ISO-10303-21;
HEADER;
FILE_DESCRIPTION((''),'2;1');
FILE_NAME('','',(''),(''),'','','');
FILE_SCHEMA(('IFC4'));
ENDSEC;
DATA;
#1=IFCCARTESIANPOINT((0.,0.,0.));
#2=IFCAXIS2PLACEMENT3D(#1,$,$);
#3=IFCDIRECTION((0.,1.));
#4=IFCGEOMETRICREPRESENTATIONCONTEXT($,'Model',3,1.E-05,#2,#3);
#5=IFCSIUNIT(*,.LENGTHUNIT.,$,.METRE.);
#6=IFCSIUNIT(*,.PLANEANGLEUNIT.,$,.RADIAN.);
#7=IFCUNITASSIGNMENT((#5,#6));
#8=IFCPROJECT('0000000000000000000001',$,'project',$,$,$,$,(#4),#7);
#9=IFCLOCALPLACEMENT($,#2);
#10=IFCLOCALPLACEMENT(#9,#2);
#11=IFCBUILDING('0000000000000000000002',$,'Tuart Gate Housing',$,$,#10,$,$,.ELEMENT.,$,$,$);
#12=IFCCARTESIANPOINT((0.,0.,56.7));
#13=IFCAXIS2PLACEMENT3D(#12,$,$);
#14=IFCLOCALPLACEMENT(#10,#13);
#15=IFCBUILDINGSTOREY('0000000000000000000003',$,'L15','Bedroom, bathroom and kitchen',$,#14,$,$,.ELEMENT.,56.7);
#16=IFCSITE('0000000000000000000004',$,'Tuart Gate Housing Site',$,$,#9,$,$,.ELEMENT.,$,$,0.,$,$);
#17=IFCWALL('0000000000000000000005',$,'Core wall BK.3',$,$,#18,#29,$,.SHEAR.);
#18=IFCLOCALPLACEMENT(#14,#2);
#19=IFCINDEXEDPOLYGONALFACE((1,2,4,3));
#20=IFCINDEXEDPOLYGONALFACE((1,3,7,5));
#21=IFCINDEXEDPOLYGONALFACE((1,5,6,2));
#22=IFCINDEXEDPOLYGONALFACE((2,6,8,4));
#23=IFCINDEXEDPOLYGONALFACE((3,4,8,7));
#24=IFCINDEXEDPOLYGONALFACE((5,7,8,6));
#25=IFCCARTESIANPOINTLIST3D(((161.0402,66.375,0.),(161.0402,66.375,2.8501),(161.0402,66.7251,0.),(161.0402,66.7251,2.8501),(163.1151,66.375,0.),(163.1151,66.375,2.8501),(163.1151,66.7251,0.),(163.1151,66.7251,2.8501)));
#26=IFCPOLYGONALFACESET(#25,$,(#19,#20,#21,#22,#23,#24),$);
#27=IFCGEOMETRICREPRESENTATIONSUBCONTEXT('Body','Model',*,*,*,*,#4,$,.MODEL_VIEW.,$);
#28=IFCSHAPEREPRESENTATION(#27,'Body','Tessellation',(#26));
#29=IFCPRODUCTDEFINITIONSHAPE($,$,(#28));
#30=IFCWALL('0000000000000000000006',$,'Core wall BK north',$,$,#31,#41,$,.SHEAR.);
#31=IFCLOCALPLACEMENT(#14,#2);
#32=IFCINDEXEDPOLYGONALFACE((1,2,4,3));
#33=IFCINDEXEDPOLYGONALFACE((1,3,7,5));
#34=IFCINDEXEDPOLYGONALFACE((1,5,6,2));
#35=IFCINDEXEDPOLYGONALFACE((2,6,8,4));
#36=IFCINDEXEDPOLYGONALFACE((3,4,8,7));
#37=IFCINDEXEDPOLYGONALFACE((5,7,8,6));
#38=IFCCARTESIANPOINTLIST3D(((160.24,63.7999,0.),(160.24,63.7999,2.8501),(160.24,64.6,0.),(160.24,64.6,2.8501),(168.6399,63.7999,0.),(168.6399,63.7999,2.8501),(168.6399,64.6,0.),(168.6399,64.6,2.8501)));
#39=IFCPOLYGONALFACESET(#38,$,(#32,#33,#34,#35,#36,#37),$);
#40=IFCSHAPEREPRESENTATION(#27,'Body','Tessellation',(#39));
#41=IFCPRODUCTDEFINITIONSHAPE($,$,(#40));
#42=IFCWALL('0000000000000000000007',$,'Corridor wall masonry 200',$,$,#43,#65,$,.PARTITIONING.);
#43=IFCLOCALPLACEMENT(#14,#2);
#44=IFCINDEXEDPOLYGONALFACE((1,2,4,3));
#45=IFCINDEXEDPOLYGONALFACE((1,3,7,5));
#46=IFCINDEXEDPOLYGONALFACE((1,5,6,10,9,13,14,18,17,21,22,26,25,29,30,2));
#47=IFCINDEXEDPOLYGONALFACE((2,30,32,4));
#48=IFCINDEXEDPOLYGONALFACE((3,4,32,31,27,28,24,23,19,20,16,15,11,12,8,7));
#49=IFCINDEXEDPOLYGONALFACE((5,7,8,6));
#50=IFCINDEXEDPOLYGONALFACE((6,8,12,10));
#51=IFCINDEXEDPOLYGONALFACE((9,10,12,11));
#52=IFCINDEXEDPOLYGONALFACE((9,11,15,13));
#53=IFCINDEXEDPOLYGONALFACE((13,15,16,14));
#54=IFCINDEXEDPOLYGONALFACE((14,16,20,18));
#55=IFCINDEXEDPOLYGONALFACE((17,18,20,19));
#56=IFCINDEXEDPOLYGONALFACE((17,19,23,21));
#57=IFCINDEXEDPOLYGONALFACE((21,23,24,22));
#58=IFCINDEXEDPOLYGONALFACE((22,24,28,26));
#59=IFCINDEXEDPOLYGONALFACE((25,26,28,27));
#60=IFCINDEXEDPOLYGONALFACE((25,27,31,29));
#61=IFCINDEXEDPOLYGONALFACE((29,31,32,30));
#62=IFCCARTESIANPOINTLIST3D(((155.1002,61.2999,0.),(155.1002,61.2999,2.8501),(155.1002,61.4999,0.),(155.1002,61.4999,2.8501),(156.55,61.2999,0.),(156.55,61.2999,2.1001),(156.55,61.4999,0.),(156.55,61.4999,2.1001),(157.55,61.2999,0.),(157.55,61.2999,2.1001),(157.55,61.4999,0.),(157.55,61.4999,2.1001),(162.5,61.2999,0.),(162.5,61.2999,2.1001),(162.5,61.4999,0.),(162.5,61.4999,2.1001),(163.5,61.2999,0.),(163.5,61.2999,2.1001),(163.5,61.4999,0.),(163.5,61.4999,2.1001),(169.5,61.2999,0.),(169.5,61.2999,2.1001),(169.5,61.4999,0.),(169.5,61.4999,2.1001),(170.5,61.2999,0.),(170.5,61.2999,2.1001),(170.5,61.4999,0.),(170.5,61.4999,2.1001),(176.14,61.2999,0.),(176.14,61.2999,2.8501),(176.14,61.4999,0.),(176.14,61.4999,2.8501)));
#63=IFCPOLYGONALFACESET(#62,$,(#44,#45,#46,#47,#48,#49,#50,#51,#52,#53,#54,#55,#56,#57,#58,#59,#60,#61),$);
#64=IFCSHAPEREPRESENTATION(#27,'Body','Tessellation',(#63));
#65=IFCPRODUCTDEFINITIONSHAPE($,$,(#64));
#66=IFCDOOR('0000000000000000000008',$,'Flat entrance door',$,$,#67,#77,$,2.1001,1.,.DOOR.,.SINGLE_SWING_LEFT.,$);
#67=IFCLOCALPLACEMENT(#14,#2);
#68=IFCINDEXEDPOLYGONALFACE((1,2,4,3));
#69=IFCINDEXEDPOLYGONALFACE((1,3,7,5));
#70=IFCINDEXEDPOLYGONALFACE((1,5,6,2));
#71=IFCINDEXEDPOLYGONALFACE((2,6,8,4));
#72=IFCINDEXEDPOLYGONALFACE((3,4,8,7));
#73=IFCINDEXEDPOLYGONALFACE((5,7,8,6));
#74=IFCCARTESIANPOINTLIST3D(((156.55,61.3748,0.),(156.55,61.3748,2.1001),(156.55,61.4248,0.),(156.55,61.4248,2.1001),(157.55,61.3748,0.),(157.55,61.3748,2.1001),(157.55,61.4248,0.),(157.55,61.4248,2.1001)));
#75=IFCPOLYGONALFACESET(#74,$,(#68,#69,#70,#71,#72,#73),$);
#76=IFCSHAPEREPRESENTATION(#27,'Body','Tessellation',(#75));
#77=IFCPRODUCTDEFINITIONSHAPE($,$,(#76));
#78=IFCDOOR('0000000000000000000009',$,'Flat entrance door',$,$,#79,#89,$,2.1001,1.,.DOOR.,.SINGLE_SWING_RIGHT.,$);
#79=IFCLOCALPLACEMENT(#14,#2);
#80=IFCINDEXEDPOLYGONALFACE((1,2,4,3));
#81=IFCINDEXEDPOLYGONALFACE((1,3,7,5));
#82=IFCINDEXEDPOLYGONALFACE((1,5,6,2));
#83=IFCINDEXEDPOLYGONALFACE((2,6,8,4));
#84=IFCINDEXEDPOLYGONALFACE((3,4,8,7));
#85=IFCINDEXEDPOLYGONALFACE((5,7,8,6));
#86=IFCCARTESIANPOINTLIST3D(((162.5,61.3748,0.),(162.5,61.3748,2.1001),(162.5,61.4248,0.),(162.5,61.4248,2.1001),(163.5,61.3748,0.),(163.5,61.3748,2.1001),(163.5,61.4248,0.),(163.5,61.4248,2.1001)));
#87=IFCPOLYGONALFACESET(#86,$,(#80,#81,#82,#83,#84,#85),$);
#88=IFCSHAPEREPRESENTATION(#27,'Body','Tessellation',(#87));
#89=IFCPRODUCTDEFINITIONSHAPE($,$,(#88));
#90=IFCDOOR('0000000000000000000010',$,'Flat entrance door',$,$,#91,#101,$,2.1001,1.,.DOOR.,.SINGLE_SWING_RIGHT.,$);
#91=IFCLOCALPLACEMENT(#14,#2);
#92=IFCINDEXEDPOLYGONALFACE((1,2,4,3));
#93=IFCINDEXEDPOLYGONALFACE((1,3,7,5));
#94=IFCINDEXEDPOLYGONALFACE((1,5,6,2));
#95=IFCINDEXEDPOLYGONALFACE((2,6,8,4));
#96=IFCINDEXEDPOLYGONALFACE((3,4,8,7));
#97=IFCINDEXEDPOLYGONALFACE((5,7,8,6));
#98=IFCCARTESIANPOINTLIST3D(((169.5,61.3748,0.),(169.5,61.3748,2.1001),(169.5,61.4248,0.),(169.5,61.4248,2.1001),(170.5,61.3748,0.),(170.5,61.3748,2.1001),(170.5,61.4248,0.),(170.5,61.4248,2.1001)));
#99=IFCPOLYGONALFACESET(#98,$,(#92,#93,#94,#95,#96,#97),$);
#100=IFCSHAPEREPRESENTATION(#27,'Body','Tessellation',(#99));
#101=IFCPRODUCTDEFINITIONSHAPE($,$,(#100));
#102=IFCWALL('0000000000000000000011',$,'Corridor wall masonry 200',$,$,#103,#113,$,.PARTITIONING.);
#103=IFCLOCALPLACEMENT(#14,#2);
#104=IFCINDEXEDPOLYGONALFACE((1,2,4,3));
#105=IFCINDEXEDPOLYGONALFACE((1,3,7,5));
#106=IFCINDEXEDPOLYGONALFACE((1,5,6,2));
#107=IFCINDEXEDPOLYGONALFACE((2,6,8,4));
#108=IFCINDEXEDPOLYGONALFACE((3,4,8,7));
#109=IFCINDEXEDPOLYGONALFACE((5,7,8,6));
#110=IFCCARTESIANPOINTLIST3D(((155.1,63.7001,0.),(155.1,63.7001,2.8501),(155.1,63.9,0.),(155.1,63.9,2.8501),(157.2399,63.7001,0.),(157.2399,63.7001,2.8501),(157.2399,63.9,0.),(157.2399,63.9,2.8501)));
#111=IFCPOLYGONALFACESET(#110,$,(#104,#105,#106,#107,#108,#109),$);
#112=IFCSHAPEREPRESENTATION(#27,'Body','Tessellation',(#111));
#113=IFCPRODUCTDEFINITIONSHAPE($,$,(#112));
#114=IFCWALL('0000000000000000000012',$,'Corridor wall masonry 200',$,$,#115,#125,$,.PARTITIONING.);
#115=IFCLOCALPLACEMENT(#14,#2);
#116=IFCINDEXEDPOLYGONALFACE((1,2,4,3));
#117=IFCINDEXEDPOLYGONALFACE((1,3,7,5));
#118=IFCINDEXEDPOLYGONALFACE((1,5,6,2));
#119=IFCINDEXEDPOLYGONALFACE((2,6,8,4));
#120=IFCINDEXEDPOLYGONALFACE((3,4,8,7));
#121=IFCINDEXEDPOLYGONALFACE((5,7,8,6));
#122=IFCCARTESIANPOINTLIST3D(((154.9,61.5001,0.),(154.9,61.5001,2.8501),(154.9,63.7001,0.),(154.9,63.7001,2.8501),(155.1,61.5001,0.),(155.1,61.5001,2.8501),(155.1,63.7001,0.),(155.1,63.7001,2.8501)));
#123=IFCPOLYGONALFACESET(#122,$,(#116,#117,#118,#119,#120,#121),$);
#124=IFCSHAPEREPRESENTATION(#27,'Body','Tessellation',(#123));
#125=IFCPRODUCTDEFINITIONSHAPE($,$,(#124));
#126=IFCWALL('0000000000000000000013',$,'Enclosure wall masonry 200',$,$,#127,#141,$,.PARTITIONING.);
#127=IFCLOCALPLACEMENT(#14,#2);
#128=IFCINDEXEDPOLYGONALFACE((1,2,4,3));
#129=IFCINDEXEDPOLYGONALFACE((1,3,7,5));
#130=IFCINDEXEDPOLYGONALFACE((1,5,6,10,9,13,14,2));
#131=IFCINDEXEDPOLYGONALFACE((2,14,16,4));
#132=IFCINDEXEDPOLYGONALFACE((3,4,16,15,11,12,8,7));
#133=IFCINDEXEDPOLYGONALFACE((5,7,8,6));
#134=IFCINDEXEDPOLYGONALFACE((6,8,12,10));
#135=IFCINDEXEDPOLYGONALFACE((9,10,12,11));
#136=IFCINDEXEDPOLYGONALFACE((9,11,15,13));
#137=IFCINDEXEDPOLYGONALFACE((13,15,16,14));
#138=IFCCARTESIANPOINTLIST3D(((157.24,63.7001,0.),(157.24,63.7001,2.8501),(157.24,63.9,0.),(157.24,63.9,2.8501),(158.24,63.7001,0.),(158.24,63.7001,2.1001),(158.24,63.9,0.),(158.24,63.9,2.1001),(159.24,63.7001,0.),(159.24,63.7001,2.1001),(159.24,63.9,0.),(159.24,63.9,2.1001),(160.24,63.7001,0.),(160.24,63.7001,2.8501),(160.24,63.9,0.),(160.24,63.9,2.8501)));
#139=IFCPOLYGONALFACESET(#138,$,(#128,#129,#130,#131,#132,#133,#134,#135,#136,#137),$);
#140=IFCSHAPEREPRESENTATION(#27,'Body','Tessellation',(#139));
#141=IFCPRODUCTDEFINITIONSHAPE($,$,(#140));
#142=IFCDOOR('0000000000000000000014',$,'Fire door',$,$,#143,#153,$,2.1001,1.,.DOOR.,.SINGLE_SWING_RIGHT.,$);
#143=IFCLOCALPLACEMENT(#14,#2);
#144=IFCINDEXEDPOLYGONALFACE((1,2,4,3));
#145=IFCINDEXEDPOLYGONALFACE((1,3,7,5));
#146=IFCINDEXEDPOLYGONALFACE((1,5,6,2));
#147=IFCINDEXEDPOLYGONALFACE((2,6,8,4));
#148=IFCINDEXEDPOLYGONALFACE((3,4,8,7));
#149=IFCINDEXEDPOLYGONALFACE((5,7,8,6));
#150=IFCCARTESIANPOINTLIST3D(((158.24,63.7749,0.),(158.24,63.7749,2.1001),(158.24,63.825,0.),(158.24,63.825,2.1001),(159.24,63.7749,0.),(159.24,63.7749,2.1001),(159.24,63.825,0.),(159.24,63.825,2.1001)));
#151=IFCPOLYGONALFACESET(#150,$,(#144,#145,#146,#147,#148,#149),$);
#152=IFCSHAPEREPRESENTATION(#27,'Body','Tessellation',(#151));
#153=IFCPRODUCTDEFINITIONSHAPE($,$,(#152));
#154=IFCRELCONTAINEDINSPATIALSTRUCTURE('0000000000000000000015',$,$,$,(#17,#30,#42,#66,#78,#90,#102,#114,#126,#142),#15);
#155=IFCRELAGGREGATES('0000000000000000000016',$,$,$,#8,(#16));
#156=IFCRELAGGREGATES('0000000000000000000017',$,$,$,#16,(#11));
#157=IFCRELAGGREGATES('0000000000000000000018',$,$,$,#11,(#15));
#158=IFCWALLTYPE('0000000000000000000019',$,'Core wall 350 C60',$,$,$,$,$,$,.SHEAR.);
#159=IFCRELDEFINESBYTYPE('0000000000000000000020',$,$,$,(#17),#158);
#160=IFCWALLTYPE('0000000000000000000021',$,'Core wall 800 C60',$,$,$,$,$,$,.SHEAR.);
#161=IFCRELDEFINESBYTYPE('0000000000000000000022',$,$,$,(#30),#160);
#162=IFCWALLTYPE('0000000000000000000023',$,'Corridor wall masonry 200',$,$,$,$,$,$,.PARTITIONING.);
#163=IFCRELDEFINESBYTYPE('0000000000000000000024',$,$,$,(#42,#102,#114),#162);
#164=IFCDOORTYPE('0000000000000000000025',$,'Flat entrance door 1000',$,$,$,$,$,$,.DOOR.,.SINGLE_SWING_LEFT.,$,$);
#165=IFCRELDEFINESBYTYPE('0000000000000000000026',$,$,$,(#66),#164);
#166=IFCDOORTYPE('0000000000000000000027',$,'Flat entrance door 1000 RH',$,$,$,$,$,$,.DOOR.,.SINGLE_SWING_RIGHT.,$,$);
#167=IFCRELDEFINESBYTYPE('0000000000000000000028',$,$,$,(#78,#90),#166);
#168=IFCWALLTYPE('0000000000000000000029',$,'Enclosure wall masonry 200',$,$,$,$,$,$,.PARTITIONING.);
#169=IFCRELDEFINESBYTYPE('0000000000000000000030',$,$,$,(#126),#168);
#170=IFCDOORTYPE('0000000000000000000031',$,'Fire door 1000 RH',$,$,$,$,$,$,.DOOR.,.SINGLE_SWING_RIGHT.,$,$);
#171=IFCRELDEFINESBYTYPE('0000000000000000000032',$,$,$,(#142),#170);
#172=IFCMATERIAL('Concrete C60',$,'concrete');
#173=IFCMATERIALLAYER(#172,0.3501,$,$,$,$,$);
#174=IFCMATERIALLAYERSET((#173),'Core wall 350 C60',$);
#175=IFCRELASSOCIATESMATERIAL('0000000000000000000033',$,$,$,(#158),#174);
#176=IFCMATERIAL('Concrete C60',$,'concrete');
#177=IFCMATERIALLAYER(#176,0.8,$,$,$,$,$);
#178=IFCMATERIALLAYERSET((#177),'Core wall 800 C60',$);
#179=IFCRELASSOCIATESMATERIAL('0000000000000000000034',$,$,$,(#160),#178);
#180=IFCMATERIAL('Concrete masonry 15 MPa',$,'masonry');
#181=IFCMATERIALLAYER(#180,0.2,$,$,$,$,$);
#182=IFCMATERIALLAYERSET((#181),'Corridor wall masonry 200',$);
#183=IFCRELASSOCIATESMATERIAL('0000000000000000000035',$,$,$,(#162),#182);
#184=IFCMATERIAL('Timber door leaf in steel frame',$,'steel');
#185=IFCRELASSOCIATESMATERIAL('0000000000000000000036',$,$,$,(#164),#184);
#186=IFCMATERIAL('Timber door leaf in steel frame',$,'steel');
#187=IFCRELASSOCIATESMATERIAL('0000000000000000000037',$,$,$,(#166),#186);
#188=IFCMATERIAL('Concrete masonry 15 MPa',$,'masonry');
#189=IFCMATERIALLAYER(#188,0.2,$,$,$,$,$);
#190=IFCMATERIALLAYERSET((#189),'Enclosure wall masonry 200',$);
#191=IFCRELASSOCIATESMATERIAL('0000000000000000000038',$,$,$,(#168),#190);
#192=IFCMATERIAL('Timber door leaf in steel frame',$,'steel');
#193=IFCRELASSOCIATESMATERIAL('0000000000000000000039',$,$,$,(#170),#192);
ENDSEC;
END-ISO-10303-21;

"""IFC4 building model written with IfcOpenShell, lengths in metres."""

from ifc_helpers import new_model, si_unit, direction, frame, frame_2d, origin, place, context, subcontext, project, spatial, rectangle, extrude, material, layer, layer_set, type_object, element, fill, save


model = new_model("IFC4")

# Units and contexts
model_context = context("Model", 3, precision=1e-05, world=origin(), true_north=direction((0.0, 1.0)))
body_context = subcontext(model_context, "Body", "Model", "MODEL_VIEW")
ifc_project = project(units=[si_unit("LENGTHUNIT", "METRE"), si_unit("PLANEANGLEUNIT", "RADIAN")], contexts=[model_context])

# Site, building, storey
site_placement = place(None, origin())
site = spatial("IfcSite", under=ifc_project, at=site_placement, Name="Tuart Gate Housing Site", CompositionType="ELEMENT", RefElevation=0.0)
building_placement = place(site_placement, origin())
building = spatial("IfcBuilding", under=site, at=building_placement, Name="Tuart Gate Housing", CompositionType="ELEMENT")
storey_placement = place(building_placement, frame((0.0, 0.0, 56.7)))
storey = spatial("IfcBuildingStorey", under=building, at=storey_placement, Name="L15", Description="Bedroom, bathroom and kitchen", CompositionType="ELEMENT", Elevation=56.7)

# Walls
ifc_material_1 = material(Name="Concrete C60", Category="concrete")
ifc_layer_1 = layer(ifc_material_1, 0.3501)
ifc_layer_set_1 = layer_set([ifc_layer_1], Name="Core wall 350 C60")
wall_type_1 = type_object("IfcWallType", Name="Core wall 350 C60", PredefinedType="SHEAR", material=ifc_layer_set_1)
wall_1_placement = place(storey_placement, frame((161.04, 66.55, 0.0), z_axis=(0.0, 0.0, 1.0), x_axis=(1.0, 0.0, 0.0)))
element("IfcWall", 1, at=wall_1_placement, inside=storey, type_object=wall_type_1, Name="Core wall BK.3", PredefinedType="SHEAR", context=body_context, shape_type="SweptSolid", body=[
    extrude(rectangle(XDim=2.075, YDim=0.3501, at=frame_2d((1.0376, 0.0))), origin(), (0.0, 0.0, 1.0), 2.8501),
])
ifc_material_2 = material(Name="Concrete C60", Category="concrete")
ifc_layer_2 = layer(ifc_material_2, 0.8)
ifc_layer_set_2 = layer_set([ifc_layer_2], Name="Core wall 800 C60")
wall_type_2 = type_object("IfcWallType", Name="Core wall 800 C60", PredefinedType="SHEAR", material=ifc_layer_set_2)
wall_2_placement = place(storey_placement, frame((160.24, 64.2, 0.0), z_axis=(0.0, 0.0, 1.0), x_axis=(1.0, 0.0, 0.0)))
element("IfcWall", 2, at=wall_2_placement, inside=storey, type_object=wall_type_2, Name="Core wall BK north", PredefinedType="SHEAR", context=body_context, shape_type="SweptSolid", body=[
    extrude(rectangle(XDim=8.3999, YDim=0.8, at=frame_2d((4.2, 0.0))), origin(), (0.0, 0.0, 1.0), 2.8501),
])

# Wall, openings, doors
ifc_material_3 = material(Name="Concrete masonry 15 MPa", Category="masonry")
ifc_layer_3 = layer(ifc_material_3, 0.2)
ifc_layer_set_3 = layer_set([ifc_layer_3], Name="Corridor wall masonry 200")
wall_type_3 = type_object("IfcWallType", Name="Corridor wall masonry 200", PredefinedType="PARTITIONING", material=ifc_layer_set_3)
wall_3_placement = place(storey_placement, frame((155.1001, 61.3999, 0.0), z_axis=(0.0, 0.0, 1.0), x_axis=(1.0, 0.0, 0.0)))
wall_3 = element("IfcWall", 3, at=wall_3_placement, inside=storey, type_object=wall_type_3, Name="Corridor wall masonry 200", PredefinedType="PARTITIONING", context=body_context, shape_type="SweptSolid", body=[
    extrude(rectangle(XDim=21.0398, YDim=0.2, at=frame_2d((10.52, 0.0))), origin(), (0.0, 0.0, 1.0), 2.8501),
])
opening_1_placement = place(wall_3_placement, frame((1.45, 0.0, 0.0)))
opening_1 = element("IfcOpeningElement", 4, at=opening_1_placement, cuts=wall_3, PredefinedType="OPENING", context=body_context, shape_type="SweptSolid", body=[
    extrude(rectangle(XDim=1.0, YDim=2.1001, at=frame_2d((0.5, 1.05))), frame((0.0, 0.1099, 0.0), z_axis=(0.0, -1.0, 0.0), x_axis=(1.0, 0.0, 0.0)), (0.0, 0.0, 1.0), 0.22),
])
opening_2_placement = place(wall_3_placement, frame((7.3999, 0.0, 0.0)))
opening_2 = element("IfcOpeningElement", 5, at=opening_2_placement, cuts=wall_3, PredefinedType="OPENING", context=body_context, shape_type="SweptSolid", body=[
    extrude(rectangle(XDim=1.0, YDim=2.1001, at=frame_2d((0.5, 1.05))), frame((0.0, 0.1099, 0.0), z_axis=(0.0, -1.0, 0.0), x_axis=(1.0, 0.0, 0.0)), (0.0, 0.0, 1.0), 0.22),
])
opening_3_placement = place(wall_3_placement, frame((14.3999, 0.0, 0.0)))
opening_3 = element("IfcOpeningElement", 6, at=opening_3_placement, cuts=wall_3, PredefinedType="OPENING", context=body_context, shape_type="SweptSolid", body=[
    extrude(rectangle(XDim=1.0, YDim=2.1001, at=frame_2d((0.5, 1.05))), frame((0.0, 0.1099, 0.0), z_axis=(0.0, -1.0, 0.0), x_axis=(1.0, 0.0, 0.0)), (0.0, 0.0, 1.0), 0.22),
])
ifc_material_4 = material(Name="Timber door leaf in steel frame", Category="steel")
door_type_1 = type_object("IfcDoorType", Name="Flat entrance door 1000", OperationType="SINGLE_SWING_LEFT", PredefinedType="DOOR", material=ifc_material_4)
door_1_placement = place(opening_1_placement, frame((1.0, 0.0, 0.0), z_axis=(0.0, 0.0, 1.0), x_axis=(-1.0, 0.0, 0.0)))
door_1 = element("IfcDoor", 7, at=door_1_placement, inside=storey, type_object=door_type_1, Name="Flat entrance door", OperationType="SINGLE_SWING_LEFT", OverallHeight=2.1001, OverallWidth=1.0, PredefinedType="DOOR", context=body_context, shape_type="SweptSolid", body=[
    extrude(rectangle(XDim=1.0, YDim=2.1001, at=frame_2d((0.5, 1.05))), frame((0.0, 0.0251, 0.0), z_axis=(0.0, -1.0, 0.0), x_axis=(1.0, 0.0, 0.0)), (0.0, 0.0, 1.0), 0.05),
])
fill(opening_1, door_1)
ifc_material_5 = material(Name="Timber door leaf in steel frame", Category="steel")
door_type_2 = type_object("IfcDoorType", Name="Flat entrance door 1000 RH", OperationType="SINGLE_SWING_RIGHT", PredefinedType="DOOR", material=ifc_material_5)
door_2_placement = place(opening_2_placement, frame((1.0, 0.0, 0.0), z_axis=(0.0, 0.0, 1.0), x_axis=(-1.0, 0.0, 0.0)))
door_2 = element("IfcDoor", 8, at=door_2_placement, inside=storey, type_object=door_type_2, Name="Flat entrance door", OperationType="SINGLE_SWING_RIGHT", OverallHeight=2.1001, OverallWidth=1.0, PredefinedType="DOOR", context=body_context, shape_type="SweptSolid", body=[
    extrude(rectangle(XDim=1.0, YDim=2.1001, at=frame_2d((0.5, 1.05))), frame((0.0, 0.0251, 0.0), z_axis=(0.0, -1.0, 0.0), x_axis=(1.0, 0.0, 0.0)), (0.0, 0.0, 1.0), 0.05),
])
fill(opening_2, door_2)
door_3_placement = place(opening_3_placement, frame((1.0, 0.0, 0.0), z_axis=(0.0, 0.0, 1.0), x_axis=(-1.0, 0.0, 0.0)))
door_3 = element("IfcDoor", 9, at=door_3_placement, inside=storey, type_object=door_type_2, Name="Flat entrance door", OperationType="SINGLE_SWING_RIGHT", OverallHeight=2.1001, OverallWidth=1.0, PredefinedType="DOOR", context=body_context, shape_type="SweptSolid", body=[
    extrude(rectangle(XDim=1.0, YDim=2.1001, at=frame_2d((0.5, 1.05))), frame((0.0, 0.0251, 0.0), z_axis=(0.0, -1.0, 0.0), x_axis=(1.0, 0.0, 0.0)), (0.0, 0.0, 1.0), 0.05),
])
fill(opening_3, door_3)

# Walls
wall_4_placement = place(storey_placement, frame((155.1001, 63.8, 0.0), z_axis=(0.0, 0.0, 1.0), x_axis=(1.0, 0.0, 0.0)))
element("IfcWall", 10, at=wall_4_placement, inside=storey, type_object=wall_type_3, Name="Corridor wall masonry 200", PredefinedType="PARTITIONING", context=body_context, shape_type="SweptSolid", body=[
    extrude(rectangle(XDim=2.1399, YDim=0.2, at=frame_2d((1.0698, 0.0))), origin(), (0.0, 0.0, 1.0), 2.8501),
])
wall_5_placement = place(storey_placement, frame((155.0, 61.5, 0.0), z_axis=(0.0, 0.0, 1.0), x_axis=(0.0, 1.0, 0.0)))
element("IfcWall", 11, at=wall_5_placement, inside=storey, type_object=wall_type_3, Name="Corridor wall masonry 200", PredefinedType="PARTITIONING", context=body_context, shape_type="SweptSolid", body=[
    extrude(rectangle(XDim=2.2, YDim=0.2, at=frame_2d((1.1001, 0.0))), origin(), (0.0, 0.0, 1.0), 2.8501),
])

# Wall, opening, door
ifc_material_6 = material(Name="Concrete masonry 15 MPa", Category="masonry")
ifc_layer_4 = layer(ifc_material_6, 0.2)
ifc_layer_set_4 = layer_set([ifc_layer_4], Name="Enclosure wall masonry 200")
wall_type_4 = type_object("IfcWallType", Name="Enclosure wall masonry 200", PredefinedType="PARTITIONING", material=ifc_layer_set_4)
wall_6_placement = place(storey_placement, frame((157.24, 63.8, 0.0), z_axis=(0.0, 0.0, 1.0), x_axis=(1.0, 0.0, 0.0)))
wall_6 = element("IfcWall", 12, at=wall_6_placement, inside=storey, type_object=wall_type_4, Name="Enclosure wall masonry 200", PredefinedType="PARTITIONING", context=body_context, shape_type="SweptSolid", body=[
    extrude(rectangle(XDim=3.0, YDim=0.2, at=frame_2d((1.5, 0.0))), origin(), (0.0, 0.0, 1.0), 2.8501),
])
opening_4_placement = place(wall_6_placement, frame((1.0, 0.0, 0.0)))
opening_4 = element("IfcOpeningElement", 13, at=opening_4_placement, cuts=wall_6, PredefinedType="OPENING", context=body_context, shape_type="SweptSolid", body=[
    extrude(rectangle(XDim=1.0, YDim=2.1001, at=frame_2d((0.5, 1.05))), frame((0.0, 0.1099, 0.0), z_axis=(0.0, -1.0, 0.0), x_axis=(1.0, 0.0, 0.0)), (0.0, 0.0, 1.0), 0.22),
])
ifc_material_7 = material(Name="Timber door leaf in steel frame", Category="steel")
door_type_3 = type_object("IfcDoorType", Name="Fire door 1000 RH", OperationType="SINGLE_SWING_RIGHT", PredefinedType="DOOR", material=ifc_material_7)
door_4_placement = place(opening_4_placement, frame((1.0, 0.0, 0.0), z_axis=(0.0, 0.0, 1.0), x_axis=(-1.0, 0.0, 0.0)))
door_4 = element("IfcDoor", 14, at=door_4_placement, inside=storey, type_object=door_type_3, Name="Fire door", OperationType="SINGLE_SWING_RIGHT", OverallHeight=2.1001, OverallWidth=1.0, PredefinedType="DOOR", context=body_context, shape_type="SweptSolid", body=[
    extrude(rectangle(XDim=1.0, YDim=2.1001, at=frame_2d((0.5, 1.05))), frame((0.0, 0.0251, 0.0), z_axis=(0.0, -1.0, 0.0), x_axis=(1.0, 0.0, 0.0)), (0.0, 0.0, 1.0), 0.05),
])
fill(opening_4, door_4)

save(model, "model.ifc")
